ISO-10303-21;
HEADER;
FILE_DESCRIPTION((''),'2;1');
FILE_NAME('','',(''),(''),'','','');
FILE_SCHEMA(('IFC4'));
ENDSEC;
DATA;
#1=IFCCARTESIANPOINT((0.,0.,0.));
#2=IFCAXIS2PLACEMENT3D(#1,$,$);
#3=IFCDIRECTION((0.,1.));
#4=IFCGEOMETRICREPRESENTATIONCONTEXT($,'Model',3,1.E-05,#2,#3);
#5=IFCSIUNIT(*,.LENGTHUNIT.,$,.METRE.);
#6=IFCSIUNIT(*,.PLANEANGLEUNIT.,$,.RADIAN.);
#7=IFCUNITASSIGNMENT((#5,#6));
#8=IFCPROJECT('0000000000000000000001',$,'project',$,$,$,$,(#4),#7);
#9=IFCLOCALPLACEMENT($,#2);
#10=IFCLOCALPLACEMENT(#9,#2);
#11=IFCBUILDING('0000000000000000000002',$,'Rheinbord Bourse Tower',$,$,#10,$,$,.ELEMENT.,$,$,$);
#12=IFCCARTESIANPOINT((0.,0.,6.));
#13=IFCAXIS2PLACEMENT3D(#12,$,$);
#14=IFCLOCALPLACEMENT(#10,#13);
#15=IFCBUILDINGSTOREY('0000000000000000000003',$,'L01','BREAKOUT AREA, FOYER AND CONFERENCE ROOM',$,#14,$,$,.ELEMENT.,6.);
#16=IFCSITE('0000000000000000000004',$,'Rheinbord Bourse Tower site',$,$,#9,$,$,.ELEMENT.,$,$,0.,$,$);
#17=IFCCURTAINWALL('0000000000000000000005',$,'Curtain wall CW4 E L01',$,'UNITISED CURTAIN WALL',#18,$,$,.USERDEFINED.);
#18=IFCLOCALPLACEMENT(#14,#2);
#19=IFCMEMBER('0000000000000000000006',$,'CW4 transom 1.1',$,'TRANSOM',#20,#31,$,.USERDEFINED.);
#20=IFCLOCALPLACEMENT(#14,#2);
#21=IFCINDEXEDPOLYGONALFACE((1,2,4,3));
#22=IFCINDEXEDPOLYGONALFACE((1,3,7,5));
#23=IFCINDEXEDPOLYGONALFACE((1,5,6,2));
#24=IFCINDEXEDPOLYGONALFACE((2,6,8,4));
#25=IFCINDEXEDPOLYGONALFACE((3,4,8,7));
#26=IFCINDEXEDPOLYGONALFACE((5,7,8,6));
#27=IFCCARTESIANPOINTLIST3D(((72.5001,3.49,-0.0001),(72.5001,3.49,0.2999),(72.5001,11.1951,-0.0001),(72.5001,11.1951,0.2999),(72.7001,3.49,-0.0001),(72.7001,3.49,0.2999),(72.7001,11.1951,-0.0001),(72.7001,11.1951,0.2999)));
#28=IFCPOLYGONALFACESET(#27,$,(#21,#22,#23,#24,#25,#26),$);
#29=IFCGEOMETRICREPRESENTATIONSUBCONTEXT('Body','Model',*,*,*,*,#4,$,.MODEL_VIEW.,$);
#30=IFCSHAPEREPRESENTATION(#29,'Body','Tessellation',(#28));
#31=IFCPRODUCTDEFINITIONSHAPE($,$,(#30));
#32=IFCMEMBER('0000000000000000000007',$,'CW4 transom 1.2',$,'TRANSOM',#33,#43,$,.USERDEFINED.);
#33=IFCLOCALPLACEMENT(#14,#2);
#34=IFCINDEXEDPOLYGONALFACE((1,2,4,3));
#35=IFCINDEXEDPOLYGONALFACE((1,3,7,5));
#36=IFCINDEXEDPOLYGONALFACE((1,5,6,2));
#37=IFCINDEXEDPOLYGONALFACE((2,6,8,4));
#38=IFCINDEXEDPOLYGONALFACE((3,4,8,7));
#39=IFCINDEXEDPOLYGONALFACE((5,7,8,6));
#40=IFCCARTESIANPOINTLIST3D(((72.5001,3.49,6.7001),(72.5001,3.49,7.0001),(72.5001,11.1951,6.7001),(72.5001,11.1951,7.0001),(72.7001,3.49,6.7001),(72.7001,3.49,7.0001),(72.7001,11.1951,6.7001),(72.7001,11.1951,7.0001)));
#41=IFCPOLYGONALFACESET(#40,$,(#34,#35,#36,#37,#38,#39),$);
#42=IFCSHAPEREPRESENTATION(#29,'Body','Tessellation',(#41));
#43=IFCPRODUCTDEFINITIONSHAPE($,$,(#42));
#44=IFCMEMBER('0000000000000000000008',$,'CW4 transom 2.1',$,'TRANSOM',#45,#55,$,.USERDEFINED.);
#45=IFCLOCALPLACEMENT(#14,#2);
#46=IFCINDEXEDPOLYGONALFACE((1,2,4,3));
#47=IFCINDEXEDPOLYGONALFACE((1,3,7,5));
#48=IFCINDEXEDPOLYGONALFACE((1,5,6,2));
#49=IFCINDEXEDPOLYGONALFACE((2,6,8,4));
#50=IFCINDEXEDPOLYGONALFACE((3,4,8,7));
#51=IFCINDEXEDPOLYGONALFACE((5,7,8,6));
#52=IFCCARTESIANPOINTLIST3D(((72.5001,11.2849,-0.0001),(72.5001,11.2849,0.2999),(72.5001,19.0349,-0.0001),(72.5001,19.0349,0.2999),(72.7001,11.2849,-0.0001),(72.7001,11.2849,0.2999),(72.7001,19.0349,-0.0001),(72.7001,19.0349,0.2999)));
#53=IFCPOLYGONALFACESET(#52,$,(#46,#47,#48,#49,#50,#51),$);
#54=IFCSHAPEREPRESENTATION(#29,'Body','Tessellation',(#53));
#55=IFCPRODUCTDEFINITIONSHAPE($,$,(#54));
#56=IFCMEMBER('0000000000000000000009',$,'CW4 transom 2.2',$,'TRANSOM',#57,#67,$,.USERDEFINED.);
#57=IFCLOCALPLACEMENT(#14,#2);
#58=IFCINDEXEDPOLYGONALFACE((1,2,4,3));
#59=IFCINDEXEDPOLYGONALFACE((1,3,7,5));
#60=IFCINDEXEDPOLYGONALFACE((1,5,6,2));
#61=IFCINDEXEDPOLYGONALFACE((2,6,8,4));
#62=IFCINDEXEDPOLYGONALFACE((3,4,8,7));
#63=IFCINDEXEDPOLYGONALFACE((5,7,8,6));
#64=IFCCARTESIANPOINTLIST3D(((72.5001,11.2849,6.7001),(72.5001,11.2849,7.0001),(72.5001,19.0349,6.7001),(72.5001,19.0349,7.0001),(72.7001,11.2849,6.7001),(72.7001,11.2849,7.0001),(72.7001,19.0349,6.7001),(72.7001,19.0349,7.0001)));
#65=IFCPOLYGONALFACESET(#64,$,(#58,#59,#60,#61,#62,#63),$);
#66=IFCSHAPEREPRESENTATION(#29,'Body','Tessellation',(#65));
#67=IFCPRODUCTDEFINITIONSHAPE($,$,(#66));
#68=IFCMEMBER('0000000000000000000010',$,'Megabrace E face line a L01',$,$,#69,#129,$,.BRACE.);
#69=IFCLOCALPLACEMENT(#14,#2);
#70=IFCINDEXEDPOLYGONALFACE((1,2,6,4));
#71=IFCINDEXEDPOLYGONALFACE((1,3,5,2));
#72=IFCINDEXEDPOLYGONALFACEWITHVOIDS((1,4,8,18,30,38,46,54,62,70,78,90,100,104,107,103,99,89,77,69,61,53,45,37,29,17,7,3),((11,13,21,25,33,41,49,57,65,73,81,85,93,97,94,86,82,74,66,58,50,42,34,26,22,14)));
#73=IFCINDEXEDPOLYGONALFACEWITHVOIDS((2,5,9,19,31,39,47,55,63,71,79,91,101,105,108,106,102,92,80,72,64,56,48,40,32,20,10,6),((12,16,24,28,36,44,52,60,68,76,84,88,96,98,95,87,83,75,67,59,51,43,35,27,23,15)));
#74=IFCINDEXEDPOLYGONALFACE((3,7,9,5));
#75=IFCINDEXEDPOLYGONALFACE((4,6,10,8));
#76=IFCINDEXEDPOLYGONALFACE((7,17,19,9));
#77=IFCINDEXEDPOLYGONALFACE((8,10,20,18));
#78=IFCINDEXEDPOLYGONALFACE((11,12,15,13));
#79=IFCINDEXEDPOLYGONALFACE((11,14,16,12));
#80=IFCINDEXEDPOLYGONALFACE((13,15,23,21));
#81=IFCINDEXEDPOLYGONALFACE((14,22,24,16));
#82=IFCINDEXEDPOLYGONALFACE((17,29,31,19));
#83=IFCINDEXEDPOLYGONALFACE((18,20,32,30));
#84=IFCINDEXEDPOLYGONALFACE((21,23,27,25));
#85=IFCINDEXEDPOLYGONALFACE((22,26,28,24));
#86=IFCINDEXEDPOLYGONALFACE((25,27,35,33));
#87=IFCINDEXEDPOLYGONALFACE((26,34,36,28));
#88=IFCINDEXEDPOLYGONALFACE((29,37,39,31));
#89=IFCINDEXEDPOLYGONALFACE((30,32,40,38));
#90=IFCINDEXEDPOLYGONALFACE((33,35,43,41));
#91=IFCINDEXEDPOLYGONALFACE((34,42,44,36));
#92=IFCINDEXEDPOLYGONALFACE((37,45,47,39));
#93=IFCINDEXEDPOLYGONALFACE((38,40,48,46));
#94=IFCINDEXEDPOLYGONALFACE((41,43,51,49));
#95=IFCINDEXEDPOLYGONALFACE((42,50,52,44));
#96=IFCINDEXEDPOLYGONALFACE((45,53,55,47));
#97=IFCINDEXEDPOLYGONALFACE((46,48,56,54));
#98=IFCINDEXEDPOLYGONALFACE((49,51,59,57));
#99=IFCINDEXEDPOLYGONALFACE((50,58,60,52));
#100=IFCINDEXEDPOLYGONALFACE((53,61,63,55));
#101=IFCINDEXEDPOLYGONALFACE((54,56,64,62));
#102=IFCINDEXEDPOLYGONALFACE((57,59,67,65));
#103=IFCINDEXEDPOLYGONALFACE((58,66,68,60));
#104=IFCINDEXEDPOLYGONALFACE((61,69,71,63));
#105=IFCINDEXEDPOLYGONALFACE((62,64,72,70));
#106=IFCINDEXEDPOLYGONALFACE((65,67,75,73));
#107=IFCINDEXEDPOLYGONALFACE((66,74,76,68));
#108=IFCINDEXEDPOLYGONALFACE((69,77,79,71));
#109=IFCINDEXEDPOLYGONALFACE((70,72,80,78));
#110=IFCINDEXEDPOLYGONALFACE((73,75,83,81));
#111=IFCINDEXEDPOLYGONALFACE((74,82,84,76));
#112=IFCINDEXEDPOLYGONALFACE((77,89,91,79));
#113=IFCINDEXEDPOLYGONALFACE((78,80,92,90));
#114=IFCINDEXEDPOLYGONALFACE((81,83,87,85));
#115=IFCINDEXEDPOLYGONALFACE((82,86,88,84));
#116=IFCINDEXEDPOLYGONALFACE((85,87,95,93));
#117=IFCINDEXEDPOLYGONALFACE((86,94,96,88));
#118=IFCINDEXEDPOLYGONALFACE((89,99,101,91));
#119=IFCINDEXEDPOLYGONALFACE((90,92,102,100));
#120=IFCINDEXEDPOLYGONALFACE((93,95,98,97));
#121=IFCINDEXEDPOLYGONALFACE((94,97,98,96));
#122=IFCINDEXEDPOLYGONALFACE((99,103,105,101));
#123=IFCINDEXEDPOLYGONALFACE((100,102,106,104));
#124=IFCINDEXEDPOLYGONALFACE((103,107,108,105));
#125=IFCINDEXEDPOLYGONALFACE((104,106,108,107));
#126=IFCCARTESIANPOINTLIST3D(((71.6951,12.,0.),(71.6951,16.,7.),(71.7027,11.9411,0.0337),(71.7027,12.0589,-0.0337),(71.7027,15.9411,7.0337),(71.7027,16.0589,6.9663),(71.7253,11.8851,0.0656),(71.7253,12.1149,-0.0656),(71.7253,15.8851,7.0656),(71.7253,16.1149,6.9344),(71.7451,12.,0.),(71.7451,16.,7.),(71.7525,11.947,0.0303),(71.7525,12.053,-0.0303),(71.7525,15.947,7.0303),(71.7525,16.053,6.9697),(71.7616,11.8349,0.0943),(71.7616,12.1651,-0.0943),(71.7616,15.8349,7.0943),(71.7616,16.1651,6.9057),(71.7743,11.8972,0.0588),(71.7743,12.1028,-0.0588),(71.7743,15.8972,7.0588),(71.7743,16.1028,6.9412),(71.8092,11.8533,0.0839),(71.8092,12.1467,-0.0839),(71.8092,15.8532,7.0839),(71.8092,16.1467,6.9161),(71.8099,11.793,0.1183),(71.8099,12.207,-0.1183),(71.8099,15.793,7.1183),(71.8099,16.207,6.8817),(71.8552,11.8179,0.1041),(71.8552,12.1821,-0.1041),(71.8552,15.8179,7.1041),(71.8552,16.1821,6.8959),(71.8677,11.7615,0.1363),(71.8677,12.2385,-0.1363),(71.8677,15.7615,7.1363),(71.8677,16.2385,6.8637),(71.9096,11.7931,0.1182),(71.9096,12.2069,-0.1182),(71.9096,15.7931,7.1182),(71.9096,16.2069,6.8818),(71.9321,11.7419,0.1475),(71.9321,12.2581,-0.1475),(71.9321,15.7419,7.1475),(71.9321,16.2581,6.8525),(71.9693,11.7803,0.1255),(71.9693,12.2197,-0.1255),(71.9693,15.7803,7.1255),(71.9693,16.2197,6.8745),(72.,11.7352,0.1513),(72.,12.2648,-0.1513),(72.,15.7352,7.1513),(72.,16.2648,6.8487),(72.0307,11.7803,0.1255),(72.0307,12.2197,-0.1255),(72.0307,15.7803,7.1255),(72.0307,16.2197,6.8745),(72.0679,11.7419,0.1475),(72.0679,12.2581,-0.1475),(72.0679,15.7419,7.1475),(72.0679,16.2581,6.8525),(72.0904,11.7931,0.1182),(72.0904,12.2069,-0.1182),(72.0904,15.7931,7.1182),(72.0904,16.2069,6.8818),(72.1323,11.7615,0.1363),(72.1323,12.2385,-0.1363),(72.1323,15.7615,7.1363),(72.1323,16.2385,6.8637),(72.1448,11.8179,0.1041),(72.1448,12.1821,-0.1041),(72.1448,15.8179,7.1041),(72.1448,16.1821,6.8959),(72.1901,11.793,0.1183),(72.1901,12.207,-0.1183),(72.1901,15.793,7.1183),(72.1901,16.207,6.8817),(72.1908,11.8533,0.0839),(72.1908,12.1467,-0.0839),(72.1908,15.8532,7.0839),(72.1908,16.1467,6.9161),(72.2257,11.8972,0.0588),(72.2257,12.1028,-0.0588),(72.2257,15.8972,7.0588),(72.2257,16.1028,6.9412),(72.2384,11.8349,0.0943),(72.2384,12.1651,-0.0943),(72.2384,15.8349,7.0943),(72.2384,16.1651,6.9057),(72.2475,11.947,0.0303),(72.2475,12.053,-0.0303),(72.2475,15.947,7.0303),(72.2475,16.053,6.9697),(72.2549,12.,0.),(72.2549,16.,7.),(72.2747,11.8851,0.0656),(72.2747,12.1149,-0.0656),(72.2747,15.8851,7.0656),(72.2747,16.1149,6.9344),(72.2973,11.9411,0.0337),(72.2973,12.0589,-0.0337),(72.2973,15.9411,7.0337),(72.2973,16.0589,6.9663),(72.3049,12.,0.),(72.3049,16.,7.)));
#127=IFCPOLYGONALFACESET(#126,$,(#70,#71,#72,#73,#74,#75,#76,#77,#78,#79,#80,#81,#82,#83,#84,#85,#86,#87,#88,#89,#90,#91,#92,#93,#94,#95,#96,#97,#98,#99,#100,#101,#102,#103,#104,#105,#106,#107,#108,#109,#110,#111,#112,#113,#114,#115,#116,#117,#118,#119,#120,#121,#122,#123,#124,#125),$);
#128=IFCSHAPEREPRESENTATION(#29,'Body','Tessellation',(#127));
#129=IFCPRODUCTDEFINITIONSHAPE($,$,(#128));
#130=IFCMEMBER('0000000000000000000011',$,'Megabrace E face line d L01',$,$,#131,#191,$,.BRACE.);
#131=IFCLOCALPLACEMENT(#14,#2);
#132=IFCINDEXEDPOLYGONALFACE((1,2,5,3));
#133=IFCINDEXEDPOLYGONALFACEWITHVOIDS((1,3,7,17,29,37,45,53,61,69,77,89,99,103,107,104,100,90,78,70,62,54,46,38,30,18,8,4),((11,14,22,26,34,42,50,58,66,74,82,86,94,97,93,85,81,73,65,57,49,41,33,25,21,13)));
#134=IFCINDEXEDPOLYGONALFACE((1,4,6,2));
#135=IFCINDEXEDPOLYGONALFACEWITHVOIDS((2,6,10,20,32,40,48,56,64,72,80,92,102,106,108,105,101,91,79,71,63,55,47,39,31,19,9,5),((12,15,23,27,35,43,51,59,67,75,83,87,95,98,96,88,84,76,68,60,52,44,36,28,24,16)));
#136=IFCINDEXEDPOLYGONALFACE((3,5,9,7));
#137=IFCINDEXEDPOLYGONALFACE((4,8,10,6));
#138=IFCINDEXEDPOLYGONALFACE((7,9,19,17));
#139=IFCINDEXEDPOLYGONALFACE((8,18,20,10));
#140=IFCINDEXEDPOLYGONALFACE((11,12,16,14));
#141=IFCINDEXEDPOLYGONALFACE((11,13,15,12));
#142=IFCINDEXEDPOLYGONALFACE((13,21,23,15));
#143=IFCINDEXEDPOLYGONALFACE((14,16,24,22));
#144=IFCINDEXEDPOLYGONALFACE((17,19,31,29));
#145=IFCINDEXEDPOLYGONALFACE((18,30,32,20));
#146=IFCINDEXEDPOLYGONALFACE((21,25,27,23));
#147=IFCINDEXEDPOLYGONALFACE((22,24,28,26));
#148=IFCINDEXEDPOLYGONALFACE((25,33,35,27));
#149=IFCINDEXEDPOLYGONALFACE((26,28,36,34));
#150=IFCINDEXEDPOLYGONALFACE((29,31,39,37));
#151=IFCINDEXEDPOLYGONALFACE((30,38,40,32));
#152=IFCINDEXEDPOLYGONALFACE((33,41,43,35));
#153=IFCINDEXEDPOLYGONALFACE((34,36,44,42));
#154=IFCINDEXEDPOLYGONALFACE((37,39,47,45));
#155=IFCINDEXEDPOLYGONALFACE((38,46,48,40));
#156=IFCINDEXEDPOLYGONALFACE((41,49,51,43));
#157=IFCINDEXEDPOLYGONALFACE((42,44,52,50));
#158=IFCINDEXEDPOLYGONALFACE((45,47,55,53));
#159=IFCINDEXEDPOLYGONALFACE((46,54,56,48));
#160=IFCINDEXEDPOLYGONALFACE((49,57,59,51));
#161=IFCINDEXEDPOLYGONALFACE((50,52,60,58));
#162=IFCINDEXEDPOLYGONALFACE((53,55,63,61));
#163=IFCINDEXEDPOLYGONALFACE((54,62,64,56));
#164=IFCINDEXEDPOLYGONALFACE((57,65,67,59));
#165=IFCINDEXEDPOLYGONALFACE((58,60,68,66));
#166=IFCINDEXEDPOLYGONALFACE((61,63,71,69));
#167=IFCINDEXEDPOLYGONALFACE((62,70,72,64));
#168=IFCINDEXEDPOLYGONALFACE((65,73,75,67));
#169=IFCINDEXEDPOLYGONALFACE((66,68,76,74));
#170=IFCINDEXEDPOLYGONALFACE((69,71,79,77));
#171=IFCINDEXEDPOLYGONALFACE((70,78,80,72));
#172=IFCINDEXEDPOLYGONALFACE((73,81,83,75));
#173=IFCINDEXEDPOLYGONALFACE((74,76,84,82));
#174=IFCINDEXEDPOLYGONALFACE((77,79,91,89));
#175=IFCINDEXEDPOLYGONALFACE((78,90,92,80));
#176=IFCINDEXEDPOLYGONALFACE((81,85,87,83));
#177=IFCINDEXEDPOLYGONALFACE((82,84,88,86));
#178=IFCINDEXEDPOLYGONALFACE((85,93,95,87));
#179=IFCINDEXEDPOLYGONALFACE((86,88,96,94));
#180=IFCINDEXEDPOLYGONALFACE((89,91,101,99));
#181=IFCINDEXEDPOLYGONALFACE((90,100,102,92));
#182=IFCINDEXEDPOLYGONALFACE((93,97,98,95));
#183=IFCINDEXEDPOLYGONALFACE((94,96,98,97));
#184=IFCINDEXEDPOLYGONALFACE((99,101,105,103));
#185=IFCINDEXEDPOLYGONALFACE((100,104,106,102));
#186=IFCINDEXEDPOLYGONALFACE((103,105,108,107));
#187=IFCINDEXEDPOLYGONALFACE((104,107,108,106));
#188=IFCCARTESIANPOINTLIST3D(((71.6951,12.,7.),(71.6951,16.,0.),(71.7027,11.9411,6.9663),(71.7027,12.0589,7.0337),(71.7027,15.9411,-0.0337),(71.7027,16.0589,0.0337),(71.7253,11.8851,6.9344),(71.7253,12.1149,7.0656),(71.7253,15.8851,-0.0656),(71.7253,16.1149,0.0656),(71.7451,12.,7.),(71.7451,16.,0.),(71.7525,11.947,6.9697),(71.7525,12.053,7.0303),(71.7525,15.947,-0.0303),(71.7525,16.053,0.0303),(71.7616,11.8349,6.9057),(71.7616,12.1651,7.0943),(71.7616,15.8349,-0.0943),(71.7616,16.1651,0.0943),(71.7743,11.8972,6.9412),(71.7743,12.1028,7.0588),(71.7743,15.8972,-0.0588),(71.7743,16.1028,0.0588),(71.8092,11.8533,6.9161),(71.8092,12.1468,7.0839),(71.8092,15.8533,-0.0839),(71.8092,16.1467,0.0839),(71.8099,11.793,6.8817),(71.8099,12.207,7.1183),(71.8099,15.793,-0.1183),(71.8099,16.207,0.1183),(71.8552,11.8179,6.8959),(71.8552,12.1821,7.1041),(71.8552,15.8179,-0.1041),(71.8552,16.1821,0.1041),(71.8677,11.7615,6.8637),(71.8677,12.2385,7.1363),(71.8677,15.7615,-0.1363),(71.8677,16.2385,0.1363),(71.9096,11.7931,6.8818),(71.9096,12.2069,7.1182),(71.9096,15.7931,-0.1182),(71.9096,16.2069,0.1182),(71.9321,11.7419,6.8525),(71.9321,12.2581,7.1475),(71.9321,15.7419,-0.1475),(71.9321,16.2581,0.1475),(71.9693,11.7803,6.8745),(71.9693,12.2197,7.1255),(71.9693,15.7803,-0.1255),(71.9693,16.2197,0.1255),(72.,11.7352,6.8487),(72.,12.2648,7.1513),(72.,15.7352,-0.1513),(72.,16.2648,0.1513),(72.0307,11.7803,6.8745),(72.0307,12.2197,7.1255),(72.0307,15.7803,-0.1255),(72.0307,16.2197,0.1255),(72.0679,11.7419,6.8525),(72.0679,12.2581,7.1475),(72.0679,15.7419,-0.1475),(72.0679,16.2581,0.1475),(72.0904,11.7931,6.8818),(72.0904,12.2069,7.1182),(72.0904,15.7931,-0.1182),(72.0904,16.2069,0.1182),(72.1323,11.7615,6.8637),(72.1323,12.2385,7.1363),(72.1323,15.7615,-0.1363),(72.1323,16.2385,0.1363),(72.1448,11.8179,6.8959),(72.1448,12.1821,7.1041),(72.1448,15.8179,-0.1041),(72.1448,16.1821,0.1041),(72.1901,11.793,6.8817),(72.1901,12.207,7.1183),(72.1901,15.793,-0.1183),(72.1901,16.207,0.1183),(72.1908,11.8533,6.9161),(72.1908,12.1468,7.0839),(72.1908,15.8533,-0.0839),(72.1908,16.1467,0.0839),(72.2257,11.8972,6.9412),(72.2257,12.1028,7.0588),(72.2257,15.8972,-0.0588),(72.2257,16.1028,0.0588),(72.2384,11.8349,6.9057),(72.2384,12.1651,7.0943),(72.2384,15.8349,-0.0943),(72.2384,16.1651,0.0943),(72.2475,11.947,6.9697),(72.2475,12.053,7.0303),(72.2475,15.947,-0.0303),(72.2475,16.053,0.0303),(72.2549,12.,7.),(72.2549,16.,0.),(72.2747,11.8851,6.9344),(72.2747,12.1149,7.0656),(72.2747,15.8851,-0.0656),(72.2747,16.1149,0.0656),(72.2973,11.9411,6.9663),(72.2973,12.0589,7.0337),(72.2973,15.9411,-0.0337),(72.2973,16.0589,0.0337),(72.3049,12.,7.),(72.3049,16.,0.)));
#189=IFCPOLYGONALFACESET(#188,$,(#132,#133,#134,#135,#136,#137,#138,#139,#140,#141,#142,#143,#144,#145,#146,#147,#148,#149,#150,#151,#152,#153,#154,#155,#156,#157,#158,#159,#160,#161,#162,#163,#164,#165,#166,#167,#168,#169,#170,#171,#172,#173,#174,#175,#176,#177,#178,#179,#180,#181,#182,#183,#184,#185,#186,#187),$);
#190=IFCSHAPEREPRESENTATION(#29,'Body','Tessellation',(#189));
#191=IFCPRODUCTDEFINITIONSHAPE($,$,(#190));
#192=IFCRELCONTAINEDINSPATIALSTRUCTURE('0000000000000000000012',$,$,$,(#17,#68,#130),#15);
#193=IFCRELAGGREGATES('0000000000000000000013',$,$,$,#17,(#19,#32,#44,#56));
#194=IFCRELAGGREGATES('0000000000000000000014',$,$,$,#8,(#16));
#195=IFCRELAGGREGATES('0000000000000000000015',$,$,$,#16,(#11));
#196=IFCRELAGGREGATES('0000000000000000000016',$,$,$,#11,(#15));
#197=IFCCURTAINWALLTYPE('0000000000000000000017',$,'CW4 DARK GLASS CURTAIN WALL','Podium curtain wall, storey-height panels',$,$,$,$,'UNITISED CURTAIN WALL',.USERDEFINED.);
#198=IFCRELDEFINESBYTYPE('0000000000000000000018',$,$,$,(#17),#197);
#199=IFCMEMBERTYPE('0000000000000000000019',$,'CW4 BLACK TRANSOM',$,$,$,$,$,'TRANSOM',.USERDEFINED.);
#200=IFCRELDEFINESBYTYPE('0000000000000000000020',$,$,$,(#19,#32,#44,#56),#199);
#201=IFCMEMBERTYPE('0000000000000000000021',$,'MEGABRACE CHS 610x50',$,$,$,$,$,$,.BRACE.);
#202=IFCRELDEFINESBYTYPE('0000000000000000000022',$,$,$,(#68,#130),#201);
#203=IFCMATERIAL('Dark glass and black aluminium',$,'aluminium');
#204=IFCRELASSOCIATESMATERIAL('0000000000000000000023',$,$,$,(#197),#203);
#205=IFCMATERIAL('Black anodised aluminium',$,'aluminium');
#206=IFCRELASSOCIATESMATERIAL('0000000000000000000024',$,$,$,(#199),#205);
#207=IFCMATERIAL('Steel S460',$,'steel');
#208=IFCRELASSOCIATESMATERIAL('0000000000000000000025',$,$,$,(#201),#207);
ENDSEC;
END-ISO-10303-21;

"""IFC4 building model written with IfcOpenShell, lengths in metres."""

from ifc_helpers import new_model, si_unit, direction, frame, origin, origin_2d, place, context, subcontext, project, spatial, rectangle, hollow_circle, extrude, material, material_profile, profile_set, type_object, element, aggregate, save


model = new_model("IFC4")

# Units and contexts
model_context = context("Model", 3, precision=1e-05, world=origin(), true_north=direction((0.0, 1.0)))
body_context = subcontext(model_context, "Body", "Model", "MODEL_VIEW")
ifc_project = project(units=[si_unit("LENGTHUNIT", "METRE"), si_unit("PLANEANGLEUNIT", "RADIAN")], contexts=[model_context])

# Site, building, storey
site_placement = place(None, origin())
site = spatial("IfcSite", under=ifc_project, at=site_placement, Name="Rheinbord Bourse Tower site", CompositionType="ELEMENT", RefElevation=0.0)
building_placement = place(site_placement, origin())
building = spatial("IfcBuilding", under=site, at=building_placement, Name="Rheinbord Bourse Tower", CompositionType="ELEMENT")
storey_placement = place(building_placement, frame((0.0, 0.0, 6.0)))
storey = spatial("IfcBuildingStorey", under=building, at=storey_placement, Name="L01", Description="BREAKOUT AREA, FOYER AND CONFERENCE ROOM", CompositionType="ELEMENT", Elevation=6.0)

# Curtain wall
ifc_material_1 = material(Name="Dark glass and black aluminium", Category="aluminium")
curtain_wall_type = type_object("IfcCurtainWallType", Name="CW4 DARK GLASS CURTAIN WALL", Description="Podium curtain wall, storey-height panels", ElementType="UNITISED CURTAIN WALL", PredefinedType="USERDEFINED", material=ifc_material_1)
curtain_wall_1_placement = place(storey_placement, origin())
curtain_wall_1 = element("IfcCurtainWall", 1, at=curtain_wall_1_placement, inside=storey, type_object=curtain_wall_type, Name="Curtain wall CW4 E L01", ObjectType="UNITISED CURTAIN WALL", PredefinedType="USERDEFINED")

# Members
ifc_material_2 = material(Name="Black anodised aluminium", Category="aluminium")
ifc_material_profile_1 = material_profile(ifc_material_2, rectangle(XDim=0.2, YDim=0.3, at=origin_2d()), Name="CW4 TRANSOM 300x200")
ifc_profile_set_1 = profile_set([ifc_material_profile_1], Name="Black anodised aluminium")
member_type_1 = type_object("IfcMemberType", Name="CW4 BLACK TRANSOM", ElementType="TRANSOM", PredefinedType="USERDEFINED", material=ifc_profile_set_1)
member_1_placement = place(storey_placement, frame((72.6001, 3.49, 0.1499), z_axis=(0.0, 1.0, 0.0), x_axis=(-1.0, 0.0, 0.0)))
member_1 = element("IfcMember", 2, at=member_1_placement, type_object=member_type_1, Name="CW4 transom 1.1", ObjectType="TRANSOM", PredefinedType="USERDEFINED", context=body_context, shape_type="SweptSolid", body=[
    extrude(rectangle(XDim=0.2, YDim=0.3, at=origin_2d()), origin(), (0.0, 0.0, 1.0), 7.7051),
])
member_2_placement = place(storey_placement, frame((72.6001, 3.49, 6.8501), z_axis=(0.0, 1.0, 0.0), x_axis=(-1.0, 0.0, 0.0)))
member_2 = element("IfcMember", 3, at=member_2_placement, type_object=member_type_1, Name="CW4 transom 1.2", ObjectType="TRANSOM", PredefinedType="USERDEFINED", context=body_context, shape_type="SweptSolid", body=[
    extrude(rectangle(XDim=0.2, YDim=0.3, at=origin_2d()), origin(), (0.0, 0.0, 1.0), 7.7051),
])
member_3_placement = place(storey_placement, frame((72.6001, 11.2849, 0.1499), z_axis=(0.0, 1.0, 0.0), x_axis=(-1.0, 0.0, 0.0)))
member_3 = element("IfcMember", 4, at=member_3_placement, type_object=member_type_1, Name="CW4 transom 2.1", ObjectType="TRANSOM", PredefinedType="USERDEFINED", context=body_context, shape_type="SweptSolid", body=[
    extrude(rectangle(XDim=0.2, YDim=0.3, at=origin_2d()), origin(), (0.0, 0.0, 1.0), 7.75),
])
member_4_placement = place(storey_placement, frame((72.6001, 11.2849, 6.8501), z_axis=(0.0, 1.0, 0.0), x_axis=(-1.0, 0.0, 0.0)))
member_4 = element("IfcMember", 5, at=member_4_placement, type_object=member_type_1, Name="CW4 transom 2.2", ObjectType="TRANSOM", PredefinedType="USERDEFINED", context=body_context, shape_type="SweptSolid", body=[
    extrude(rectangle(XDim=0.2, YDim=0.3, at=origin_2d()), origin(), (0.0, 0.0, 1.0), 7.75),
])

# Members
ifc_material_3 = material(Name="Steel S460", Category="steel")
ifc_material_profile_2 = material_profile(ifc_material_3, hollow_circle(Radius=0.3049, WallThickness=0.05, at=origin_2d()), Name="CHS 610x50")
ifc_profile_set_2 = profile_set([ifc_material_profile_2], Name="Steel S460")
member_type_2 = type_object("IfcMemberType", Name="MEGABRACE CHS 610x50", PredefinedType="BRACE", material=ifc_profile_set_2)
for number, where, z_axis, x_axis, name in (
    (6, (72.0, 12.0, 0.0), (0.0, 0.496139, 0.868243), (-1.0, 0.0, 0.0), "Megabrace E face line a L01"),
    (7, (72.0, 16.0, 0.0), (0.0, -0.496139, 0.868243), (1.0, 0.0, 0.0), "Megabrace E face line d L01"),
):
    element("IfcMember", number, at=place(storey_placement, frame(where, z_axis=z_axis, x_axis=x_axis)), inside=storey, type_object=member_type_2, Name=name, PredefinedType="BRACE", context=body_context, shape_type="SweptSolid", body=[
        extrude(hollow_circle(Radius=0.3049, WallThickness=0.05, at=origin_2d()), origin(), (0.0, 0.0, 1.0), 8.0623),
    ])

aggregate(curtain_wall_1, [member_1, member_2, member_3, member_4])

save(model, "model.ifc")
